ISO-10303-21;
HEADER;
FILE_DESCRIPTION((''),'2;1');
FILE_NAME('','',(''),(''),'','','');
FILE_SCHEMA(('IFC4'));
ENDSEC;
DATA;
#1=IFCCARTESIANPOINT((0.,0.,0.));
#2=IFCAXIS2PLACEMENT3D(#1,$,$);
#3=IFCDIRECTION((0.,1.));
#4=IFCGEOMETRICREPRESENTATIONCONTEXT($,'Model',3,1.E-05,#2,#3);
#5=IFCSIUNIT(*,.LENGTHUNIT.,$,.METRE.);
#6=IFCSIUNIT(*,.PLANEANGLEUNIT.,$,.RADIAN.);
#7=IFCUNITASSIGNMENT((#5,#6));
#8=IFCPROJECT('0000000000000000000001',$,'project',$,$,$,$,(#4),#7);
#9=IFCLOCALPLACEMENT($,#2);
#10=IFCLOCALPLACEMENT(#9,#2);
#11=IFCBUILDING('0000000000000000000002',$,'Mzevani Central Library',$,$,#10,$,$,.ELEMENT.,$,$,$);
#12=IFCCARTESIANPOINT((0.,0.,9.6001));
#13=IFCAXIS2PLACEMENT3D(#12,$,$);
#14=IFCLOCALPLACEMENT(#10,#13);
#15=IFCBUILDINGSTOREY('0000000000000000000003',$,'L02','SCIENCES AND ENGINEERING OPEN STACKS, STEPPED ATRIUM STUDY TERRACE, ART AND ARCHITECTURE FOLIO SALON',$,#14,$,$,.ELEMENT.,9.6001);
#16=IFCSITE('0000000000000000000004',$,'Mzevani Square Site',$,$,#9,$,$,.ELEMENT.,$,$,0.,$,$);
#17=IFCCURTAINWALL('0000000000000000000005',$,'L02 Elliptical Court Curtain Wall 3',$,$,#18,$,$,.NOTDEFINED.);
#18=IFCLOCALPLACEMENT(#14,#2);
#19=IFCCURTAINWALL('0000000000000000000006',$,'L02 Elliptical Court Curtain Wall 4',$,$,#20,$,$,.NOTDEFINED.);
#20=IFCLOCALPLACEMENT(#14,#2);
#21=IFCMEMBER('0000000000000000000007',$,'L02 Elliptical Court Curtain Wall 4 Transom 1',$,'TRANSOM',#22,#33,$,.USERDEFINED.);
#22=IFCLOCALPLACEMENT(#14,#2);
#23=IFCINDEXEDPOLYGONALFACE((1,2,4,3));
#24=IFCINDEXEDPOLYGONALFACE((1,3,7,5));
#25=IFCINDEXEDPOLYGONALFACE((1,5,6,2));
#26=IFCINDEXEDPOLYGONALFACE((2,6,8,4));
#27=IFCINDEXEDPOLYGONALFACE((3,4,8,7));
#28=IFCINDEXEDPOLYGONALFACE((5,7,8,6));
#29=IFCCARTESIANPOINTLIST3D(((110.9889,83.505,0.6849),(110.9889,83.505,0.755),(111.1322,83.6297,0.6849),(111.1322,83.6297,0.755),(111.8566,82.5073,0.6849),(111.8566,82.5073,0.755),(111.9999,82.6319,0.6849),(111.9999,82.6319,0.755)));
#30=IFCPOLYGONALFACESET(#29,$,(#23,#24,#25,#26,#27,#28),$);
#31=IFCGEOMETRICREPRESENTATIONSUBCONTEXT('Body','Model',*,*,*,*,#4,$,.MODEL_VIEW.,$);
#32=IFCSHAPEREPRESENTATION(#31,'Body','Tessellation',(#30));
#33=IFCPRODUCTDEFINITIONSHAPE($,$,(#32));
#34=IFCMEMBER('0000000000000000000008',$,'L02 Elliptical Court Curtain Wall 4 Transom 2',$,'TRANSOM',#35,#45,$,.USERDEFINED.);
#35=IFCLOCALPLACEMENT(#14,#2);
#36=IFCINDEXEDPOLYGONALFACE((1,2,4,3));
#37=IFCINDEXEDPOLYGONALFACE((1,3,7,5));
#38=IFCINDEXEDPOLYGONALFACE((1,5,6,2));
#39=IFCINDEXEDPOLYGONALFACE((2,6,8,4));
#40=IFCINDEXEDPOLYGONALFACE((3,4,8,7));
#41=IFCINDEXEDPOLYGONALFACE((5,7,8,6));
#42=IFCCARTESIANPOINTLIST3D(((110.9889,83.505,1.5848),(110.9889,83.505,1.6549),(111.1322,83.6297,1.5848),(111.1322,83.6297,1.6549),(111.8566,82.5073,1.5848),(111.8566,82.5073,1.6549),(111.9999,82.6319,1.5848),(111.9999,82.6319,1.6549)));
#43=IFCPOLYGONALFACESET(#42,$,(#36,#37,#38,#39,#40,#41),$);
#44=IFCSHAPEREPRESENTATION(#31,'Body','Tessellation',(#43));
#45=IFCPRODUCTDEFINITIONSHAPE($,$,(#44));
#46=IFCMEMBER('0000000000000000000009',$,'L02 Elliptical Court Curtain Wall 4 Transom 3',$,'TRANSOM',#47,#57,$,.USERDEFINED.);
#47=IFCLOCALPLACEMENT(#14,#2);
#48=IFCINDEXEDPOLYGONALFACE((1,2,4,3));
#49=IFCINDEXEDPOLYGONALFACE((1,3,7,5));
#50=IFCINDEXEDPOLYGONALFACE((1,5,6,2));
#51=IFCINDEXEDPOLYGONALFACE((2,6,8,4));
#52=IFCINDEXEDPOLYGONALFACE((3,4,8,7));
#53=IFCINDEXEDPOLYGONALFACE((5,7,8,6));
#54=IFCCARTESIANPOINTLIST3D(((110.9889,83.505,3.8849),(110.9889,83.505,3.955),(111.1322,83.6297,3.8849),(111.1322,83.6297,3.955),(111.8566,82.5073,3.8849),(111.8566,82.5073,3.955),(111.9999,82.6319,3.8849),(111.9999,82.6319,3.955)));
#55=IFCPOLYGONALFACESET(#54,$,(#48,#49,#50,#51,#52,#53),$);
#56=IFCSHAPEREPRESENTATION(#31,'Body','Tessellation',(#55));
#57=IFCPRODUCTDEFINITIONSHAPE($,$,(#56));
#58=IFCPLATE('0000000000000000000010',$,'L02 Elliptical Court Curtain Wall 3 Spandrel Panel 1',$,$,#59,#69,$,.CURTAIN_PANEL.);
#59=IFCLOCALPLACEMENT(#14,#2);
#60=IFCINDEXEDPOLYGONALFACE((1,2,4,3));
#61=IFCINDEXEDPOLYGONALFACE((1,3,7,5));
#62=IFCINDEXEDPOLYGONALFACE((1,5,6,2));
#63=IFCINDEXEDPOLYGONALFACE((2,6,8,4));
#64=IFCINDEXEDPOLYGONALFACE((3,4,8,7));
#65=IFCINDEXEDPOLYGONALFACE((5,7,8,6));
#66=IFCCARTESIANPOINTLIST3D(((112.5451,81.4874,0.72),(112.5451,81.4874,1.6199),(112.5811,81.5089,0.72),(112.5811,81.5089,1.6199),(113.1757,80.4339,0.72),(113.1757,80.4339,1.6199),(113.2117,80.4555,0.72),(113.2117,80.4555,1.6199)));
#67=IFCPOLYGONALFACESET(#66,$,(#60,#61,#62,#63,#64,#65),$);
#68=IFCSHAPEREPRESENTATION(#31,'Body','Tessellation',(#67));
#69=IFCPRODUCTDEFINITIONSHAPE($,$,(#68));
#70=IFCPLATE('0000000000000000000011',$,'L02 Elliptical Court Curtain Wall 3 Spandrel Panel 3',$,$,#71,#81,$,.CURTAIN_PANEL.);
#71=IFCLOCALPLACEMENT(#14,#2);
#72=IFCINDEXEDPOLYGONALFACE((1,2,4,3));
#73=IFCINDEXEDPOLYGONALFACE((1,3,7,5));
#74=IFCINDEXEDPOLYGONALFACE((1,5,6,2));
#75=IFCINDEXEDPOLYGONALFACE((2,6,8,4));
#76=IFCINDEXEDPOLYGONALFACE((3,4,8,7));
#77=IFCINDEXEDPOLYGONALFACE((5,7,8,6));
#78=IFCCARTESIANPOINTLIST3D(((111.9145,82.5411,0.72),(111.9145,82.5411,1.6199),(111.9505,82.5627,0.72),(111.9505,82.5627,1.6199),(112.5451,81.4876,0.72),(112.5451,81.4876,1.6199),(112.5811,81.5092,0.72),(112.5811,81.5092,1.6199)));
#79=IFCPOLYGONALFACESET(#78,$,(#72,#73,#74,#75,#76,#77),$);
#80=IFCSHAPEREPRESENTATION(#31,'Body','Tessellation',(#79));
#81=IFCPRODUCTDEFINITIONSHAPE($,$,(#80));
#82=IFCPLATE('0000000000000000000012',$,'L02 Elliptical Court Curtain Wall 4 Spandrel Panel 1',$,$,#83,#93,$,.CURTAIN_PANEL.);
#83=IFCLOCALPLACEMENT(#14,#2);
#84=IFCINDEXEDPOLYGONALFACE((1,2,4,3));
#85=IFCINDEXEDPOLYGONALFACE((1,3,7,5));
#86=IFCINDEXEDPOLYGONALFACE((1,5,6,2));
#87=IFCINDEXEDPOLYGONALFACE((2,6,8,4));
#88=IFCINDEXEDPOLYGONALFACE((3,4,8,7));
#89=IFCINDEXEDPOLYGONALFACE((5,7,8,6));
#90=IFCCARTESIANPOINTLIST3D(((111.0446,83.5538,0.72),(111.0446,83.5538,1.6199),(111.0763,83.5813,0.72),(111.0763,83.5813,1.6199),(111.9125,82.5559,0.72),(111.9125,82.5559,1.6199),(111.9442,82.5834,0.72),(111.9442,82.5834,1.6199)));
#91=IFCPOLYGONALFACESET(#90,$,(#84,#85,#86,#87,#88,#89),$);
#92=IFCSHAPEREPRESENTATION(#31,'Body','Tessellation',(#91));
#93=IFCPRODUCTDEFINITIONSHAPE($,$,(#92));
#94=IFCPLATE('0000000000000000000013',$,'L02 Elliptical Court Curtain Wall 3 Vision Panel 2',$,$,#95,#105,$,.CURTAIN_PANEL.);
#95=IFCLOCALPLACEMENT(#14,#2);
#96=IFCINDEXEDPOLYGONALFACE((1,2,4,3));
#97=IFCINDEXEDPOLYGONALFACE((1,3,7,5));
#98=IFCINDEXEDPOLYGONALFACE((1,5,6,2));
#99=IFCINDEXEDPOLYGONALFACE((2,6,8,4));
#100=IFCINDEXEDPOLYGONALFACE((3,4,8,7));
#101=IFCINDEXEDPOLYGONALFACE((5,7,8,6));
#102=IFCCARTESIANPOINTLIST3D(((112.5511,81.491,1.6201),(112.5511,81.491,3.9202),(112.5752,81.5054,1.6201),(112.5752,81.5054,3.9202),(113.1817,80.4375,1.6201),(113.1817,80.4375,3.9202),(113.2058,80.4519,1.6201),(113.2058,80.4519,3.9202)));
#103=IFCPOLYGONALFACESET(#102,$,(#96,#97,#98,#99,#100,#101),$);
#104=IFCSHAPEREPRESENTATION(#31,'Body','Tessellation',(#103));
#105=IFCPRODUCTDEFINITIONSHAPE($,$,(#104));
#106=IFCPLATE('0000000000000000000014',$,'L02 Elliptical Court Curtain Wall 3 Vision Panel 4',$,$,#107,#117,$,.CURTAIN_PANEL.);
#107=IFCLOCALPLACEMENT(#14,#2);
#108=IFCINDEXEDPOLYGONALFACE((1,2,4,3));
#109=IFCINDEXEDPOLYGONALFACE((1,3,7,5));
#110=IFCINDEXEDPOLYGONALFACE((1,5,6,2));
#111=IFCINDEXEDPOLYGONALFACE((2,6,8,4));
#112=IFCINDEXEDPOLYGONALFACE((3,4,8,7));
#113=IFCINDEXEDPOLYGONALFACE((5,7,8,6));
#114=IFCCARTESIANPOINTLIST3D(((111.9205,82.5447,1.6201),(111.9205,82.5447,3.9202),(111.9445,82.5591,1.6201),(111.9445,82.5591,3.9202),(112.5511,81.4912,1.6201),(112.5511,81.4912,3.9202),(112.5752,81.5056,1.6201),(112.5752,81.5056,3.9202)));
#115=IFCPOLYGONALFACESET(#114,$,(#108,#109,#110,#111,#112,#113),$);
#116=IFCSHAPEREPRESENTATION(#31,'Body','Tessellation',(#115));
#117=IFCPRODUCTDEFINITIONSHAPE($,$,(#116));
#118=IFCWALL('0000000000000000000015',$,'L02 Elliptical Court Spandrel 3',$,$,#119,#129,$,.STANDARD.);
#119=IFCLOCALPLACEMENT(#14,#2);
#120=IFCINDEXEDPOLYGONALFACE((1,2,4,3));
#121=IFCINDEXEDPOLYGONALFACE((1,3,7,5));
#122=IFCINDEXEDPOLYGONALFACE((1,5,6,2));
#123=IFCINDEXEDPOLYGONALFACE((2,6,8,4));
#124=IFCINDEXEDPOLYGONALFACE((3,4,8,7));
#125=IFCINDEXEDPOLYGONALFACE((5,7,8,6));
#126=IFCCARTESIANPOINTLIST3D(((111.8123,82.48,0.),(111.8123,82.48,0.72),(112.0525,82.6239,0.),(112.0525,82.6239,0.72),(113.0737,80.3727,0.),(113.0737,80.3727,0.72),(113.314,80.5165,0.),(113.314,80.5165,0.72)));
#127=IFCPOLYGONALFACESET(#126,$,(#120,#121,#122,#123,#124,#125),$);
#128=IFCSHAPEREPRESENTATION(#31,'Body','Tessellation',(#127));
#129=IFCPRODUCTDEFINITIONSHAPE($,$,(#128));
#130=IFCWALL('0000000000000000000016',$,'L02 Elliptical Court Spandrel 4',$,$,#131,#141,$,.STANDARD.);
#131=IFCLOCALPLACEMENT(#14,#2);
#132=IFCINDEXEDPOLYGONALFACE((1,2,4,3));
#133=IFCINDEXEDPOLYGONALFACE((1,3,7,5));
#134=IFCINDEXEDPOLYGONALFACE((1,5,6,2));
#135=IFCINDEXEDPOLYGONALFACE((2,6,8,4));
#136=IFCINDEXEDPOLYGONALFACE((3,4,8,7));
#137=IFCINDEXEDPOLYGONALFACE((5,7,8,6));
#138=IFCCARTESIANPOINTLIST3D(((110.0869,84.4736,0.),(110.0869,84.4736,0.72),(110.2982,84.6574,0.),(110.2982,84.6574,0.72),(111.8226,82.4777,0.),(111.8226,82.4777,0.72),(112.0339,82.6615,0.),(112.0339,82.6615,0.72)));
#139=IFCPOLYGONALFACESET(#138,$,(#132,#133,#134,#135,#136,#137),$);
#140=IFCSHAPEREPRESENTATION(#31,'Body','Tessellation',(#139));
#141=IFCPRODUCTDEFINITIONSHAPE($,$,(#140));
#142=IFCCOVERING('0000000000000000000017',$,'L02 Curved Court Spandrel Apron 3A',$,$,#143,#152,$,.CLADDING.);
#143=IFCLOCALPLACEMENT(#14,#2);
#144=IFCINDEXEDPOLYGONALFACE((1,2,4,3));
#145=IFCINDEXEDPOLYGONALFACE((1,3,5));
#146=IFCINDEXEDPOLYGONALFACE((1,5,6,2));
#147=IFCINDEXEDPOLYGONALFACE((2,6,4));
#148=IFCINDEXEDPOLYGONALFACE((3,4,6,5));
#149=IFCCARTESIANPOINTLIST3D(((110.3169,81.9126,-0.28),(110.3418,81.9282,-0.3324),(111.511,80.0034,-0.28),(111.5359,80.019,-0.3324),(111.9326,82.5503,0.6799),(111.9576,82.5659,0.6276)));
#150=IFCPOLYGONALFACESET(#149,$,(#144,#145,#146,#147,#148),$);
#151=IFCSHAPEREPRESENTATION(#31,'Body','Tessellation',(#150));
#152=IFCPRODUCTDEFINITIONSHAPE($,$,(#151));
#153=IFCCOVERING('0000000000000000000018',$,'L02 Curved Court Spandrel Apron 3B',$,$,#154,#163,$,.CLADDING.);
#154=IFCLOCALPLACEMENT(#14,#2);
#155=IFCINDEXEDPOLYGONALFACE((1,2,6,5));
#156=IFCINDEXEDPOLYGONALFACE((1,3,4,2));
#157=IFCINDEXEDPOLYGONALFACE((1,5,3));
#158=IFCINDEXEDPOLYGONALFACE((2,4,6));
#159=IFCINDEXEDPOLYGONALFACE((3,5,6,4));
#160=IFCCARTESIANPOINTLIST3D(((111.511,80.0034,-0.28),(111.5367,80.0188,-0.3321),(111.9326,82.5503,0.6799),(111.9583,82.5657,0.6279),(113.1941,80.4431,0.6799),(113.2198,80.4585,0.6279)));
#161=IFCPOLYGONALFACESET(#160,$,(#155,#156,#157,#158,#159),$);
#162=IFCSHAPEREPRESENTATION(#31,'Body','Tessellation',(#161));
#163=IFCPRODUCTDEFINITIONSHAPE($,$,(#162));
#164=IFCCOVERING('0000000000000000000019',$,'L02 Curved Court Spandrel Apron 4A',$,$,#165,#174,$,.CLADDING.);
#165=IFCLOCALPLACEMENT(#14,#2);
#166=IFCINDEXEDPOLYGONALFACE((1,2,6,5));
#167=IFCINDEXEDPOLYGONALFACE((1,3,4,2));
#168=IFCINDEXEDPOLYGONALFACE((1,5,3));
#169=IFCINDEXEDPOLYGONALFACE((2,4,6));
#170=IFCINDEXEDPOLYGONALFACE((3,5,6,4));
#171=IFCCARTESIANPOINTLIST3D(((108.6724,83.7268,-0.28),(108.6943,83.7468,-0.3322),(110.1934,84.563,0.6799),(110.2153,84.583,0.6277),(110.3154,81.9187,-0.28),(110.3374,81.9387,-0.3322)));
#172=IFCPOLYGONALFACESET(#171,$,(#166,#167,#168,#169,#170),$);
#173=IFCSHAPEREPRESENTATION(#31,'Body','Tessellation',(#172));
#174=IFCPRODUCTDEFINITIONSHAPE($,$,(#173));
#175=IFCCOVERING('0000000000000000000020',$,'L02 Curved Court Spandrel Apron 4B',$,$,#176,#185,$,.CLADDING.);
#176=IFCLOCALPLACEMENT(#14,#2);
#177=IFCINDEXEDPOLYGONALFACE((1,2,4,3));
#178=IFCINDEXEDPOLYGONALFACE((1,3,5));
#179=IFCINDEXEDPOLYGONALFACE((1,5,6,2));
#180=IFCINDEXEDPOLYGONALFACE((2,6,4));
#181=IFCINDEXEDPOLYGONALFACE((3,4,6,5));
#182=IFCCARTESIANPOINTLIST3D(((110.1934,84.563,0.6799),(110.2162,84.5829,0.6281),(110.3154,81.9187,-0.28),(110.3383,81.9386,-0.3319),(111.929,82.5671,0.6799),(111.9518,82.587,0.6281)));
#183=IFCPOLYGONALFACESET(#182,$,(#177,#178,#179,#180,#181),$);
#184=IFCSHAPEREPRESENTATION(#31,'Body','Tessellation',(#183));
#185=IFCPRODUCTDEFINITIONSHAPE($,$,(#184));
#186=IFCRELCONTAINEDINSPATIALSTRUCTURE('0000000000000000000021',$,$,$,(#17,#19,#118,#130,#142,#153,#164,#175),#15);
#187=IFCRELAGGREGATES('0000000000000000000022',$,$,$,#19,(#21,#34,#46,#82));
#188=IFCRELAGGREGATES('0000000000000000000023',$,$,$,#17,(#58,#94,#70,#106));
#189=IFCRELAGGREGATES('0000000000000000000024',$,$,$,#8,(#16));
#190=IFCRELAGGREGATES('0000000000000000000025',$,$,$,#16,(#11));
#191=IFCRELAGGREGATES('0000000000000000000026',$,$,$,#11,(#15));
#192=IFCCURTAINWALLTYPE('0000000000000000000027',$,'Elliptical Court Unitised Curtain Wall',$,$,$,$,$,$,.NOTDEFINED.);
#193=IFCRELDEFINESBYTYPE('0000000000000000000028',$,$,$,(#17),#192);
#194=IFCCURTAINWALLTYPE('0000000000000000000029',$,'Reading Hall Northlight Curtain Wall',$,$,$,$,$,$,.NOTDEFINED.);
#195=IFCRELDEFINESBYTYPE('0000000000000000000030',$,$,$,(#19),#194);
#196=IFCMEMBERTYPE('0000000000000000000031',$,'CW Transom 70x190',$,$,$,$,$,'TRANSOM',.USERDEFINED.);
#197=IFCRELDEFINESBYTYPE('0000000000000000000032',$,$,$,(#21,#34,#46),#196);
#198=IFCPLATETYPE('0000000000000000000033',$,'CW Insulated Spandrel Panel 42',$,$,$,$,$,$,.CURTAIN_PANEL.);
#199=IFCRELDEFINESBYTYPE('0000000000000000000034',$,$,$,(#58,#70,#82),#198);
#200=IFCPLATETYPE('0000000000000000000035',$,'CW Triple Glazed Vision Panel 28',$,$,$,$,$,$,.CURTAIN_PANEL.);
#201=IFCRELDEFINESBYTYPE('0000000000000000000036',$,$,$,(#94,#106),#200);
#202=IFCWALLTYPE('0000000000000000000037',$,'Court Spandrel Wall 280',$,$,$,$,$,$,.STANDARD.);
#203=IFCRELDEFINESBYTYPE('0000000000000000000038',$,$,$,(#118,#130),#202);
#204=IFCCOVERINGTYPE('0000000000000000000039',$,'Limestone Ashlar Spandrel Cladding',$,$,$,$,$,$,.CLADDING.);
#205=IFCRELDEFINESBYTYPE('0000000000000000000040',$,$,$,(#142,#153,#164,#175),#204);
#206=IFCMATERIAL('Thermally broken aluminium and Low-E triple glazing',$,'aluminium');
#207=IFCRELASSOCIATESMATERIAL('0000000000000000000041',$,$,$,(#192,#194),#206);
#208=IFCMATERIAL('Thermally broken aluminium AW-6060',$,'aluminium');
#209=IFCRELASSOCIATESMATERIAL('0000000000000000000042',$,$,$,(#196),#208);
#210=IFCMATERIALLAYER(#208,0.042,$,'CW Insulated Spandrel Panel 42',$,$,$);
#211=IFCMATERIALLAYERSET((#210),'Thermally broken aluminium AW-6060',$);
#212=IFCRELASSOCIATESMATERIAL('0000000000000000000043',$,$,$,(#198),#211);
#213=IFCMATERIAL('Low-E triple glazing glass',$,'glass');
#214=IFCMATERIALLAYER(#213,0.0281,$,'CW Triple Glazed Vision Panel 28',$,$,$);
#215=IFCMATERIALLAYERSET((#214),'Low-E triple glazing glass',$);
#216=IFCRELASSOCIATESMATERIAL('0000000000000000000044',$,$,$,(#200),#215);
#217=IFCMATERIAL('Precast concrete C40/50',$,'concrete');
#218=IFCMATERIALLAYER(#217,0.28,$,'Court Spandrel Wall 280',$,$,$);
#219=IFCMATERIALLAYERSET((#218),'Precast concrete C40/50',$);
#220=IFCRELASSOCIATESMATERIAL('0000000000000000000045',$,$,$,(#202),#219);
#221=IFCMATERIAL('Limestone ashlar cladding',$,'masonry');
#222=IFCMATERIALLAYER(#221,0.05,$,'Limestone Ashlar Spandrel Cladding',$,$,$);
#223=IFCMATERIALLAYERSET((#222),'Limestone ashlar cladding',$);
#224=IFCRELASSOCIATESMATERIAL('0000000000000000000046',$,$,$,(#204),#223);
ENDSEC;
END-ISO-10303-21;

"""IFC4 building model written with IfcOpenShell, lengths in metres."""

from ifc_helpers import new_model, si_unit, direction, frame, frame_2d, origin, origin_2d, place, context, subcontext, project, spatial, polyline, rectangle, outline, extrude, material, layer, layer_set, material_profile, profile_set, type_object, element, aggregate, save


model = new_model("IFC4")

# Units and contexts
model_context = context("Model", 3, precision=1e-05, world=origin(), true_north=direction((0.0, 1.0)))
body_context = subcontext(model_context, "Body", "Model", "MODEL_VIEW")
ifc_project = project(units=[si_unit("LENGTHUNIT", "METRE"), si_unit("PLANEANGLEUNIT", "RADIAN")], contexts=[model_context])

# Site, building, storey
site_placement = place(None, origin())
site = spatial("IfcSite", under=ifc_project, at=site_placement, Name="Mzevani Square Site", CompositionType="ELEMENT", RefElevation=0.0)
building_placement = place(site_placement, origin())
building = spatial("IfcBuilding", under=site, at=building_placement, Name="Mzevani Central Library", CompositionType="ELEMENT")
storey_placement = place(building_placement, frame((0.0, 0.0, 9.6001)))
storey = spatial("IfcBuildingStorey", under=building, at=storey_placement, Name="L02", Description="SCIENCES AND ENGINEERING OPEN STACKS, STEPPED ATRIUM STUDY TERRACE, ART AND ARCHITECTURE FOLIO SALON", CompositionType="ELEMENT", Elevation=9.6001)

# Shared definitions
ifc_material_1 = material(Name="Thermally broken aluminium and Low-E triple glazing", Category="aluminium")
curtain_wall_type_1 = type_object("IfcCurtainWallType", Name="Elliptical Court Unitised Curtain Wall", PredefinedType="NOTDEFINED", material=ifc_material_1)
ifc_material_2 = material(Name="Thermally broken aluminium AW-6060", Category="aluminium")

# Curtain wall
curtain_wall_1_placement = place(storey_placement, origin())
curtain_wall_1 = element("IfcCurtainWall", 1, at=curtain_wall_1_placement, inside=storey, type_object=curtain_wall_type_1, Name="L02 Elliptical Court Curtain Wall 3", PredefinedType="NOTDEFINED")

# Curtain wall
curtain_wall_type_2 = type_object("IfcCurtainWallType", Name="Reading Hall Northlight Curtain Wall", PredefinedType="NOTDEFINED", material=ifc_material_1)
curtain_wall_2_placement = place(storey_placement, origin())
curtain_wall_2 = element("IfcCurtainWall", 2, at=curtain_wall_2_placement, inside=storey, type_object=curtain_wall_type_2, Name="L02 Elliptical Court Curtain Wall 4", PredefinedType="NOTDEFINED")

# Members
ifc_material_profile_1 = material_profile(ifc_material_2, rectangle(XDim=0.1899, YDim=0.0701, at=origin_2d()), Name="ALU T70x190")
ifc_profile_set_1 = profile_set([ifc_material_profile_1], Name="Thermally broken aluminium AW-6060")
member_type_1 = type_object("IfcMemberType", Name="CW Transom 70x190", ElementType="TRANSOM", PredefinedType="USERDEFINED", material=ifc_profile_set_1)
member_1_placement = place(storey_placement, frame((111.9282, 82.5696, 0.72), z_axis=(-0.656188, 0.754598, 0.0), x_axis=(-0.754598, -0.656188, 0.0)))
member_1 = element("IfcMember", 3, at=member_1_placement, type_object=member_type_1, Name="L02 Elliptical Court Curtain Wall 4 Transom 1", ObjectType="TRANSOM", PredefinedType="USERDEFINED", context=body_context, shape_type="SweptSolid", body=[
    extrude(rectangle(XDim=0.1899, YDim=0.0701, at=origin_2d()), origin(), (0.0, 0.0, 1.0), 1.3223),
])
member_2_placement = place(storey_placement, frame((111.9282, 82.5696, 1.6199), z_axis=(-0.656188, 0.754598, 0.0), x_axis=(-0.754598, -0.656188, 0.0)))
member_2 = element("IfcMember", 4, at=member_2_placement, type_object=member_type_1, Name="L02 Elliptical Court Curtain Wall 4 Transom 2", ObjectType="TRANSOM", PredefinedType="USERDEFINED", context=body_context, shape_type="SweptSolid", body=[
    extrude(rectangle(XDim=0.1899, YDim=0.0701, at=origin_2d()), origin(), (0.0, 0.0, 1.0), 1.3223),
])
member_3_placement = place(storey_placement, frame((111.9282, 82.5696, 3.9199), z_axis=(-0.656188, 0.754598, 0.0), x_axis=(-0.754598, -0.656188, 0.0)))
member_3 = element("IfcMember", 5, at=member_3_placement, type_object=member_type_1, Name="L02 Elliptical Court Curtain Wall 4 Transom 3", ObjectType="TRANSOM", PredefinedType="USERDEFINED", context=body_context, shape_type="SweptSolid", body=[
    extrude(rectangle(XDim=0.1899, YDim=0.0701, at=origin_2d()), origin(), (0.0, 0.0, 1.0), 1.3223),
])

# Plates
ifc_layer_1 = layer(ifc_material_2, 0.042, Name="CW Insulated Spandrel Panel 42")
ifc_layer_set_1 = layer_set([ifc_layer_1], Name="Thermally broken aluminium AW-6060")
plate_type_1 = type_object("IfcPlateType", Name="CW Insulated Spandrel Panel 42", PredefinedType="CURTAIN_PANEL", material=ifc_layer_set_1)
plate_1_placement = place(storey_placement, frame((112.8784, 80.9714, 0.72), z_axis=(0.0, 0.0, 1.0), x_axis=(-0.513621, 0.858017, 0.0)))
plate_1 = element("IfcPlate", 6, at=plate_1_placement, type_object=plate_type_1, Name="L02 Elliptical Court Curtain Wall 3 Spandrel Panel 1", PredefinedType="CURTAIN_PANEL", context=body_context, shape_type="SweptSolid", body=[
    extrude(rectangle(XDim=1.2278, YDim=0.042, at=origin_2d()), origin(), (0.0, 0.0, 1.0), 0.8999),
])
plate_2_placement = place(storey_placement, frame((112.2478, 82.0251, 0.72), z_axis=(0.0, 0.0, 1.0), x_axis=(-0.513621, 0.858017, 0.0)))
plate_2 = element("IfcPlate", 7, at=plate_2_placement, type_object=plate_type_1, Name="L02 Elliptical Court Curtain Wall 3 Spandrel Panel 3", PredefinedType="CURTAIN_PANEL", context=body_context, shape_type="SweptSolid", body=[
    extrude(rectangle(XDim=1.2278, YDim=0.042, at=origin_2d()), origin(), (0.0, 0.0, 1.0), 0.8999),
])
plate_3_placement = place(storey_placement, frame((111.4944, 83.0686, 0.72), z_axis=(0.0, 0.0, 1.0), x_axis=(-0.656226, 0.754564, 0.0)))
plate_3 = element("IfcPlate", 8, at=plate_3_placement, type_object=plate_type_1, Name="L02 Elliptical Court Curtain Wall 4 Spandrel Panel 1", PredefinedType="CURTAIN_PANEL", context=body_context, shape_type="SweptSolid", body=[
    extrude(rectangle(XDim=1.3225, YDim=0.042, at=origin_2d()), origin(), (0.0, 0.0, 1.0), 0.8999),
])
aggregate(curtain_wall_2, [member_1, member_2, member_3, plate_3])
ifc_material_3 = material(Name="Low-E triple glazing glass", Category="glass")
ifc_layer_2 = layer(ifc_material_3, 0.0281, Name="CW Triple Glazed Vision Panel 28")
ifc_layer_set_2 = layer_set([ifc_layer_2], Name="Low-E triple glazing glass")
plate_type_2 = type_object("IfcPlateType", Name="CW Triple Glazed Vision Panel 28", PredefinedType="CURTAIN_PANEL", material=ifc_layer_set_2)
plate_4_placement = place(storey_placement, frame((112.8784, 80.9714, 1.6201), z_axis=(0.0, 0.0, 1.0), x_axis=(-0.513621, 0.858017, 0.0)))
plate_4 = element("IfcPlate", 9, at=plate_4_placement, type_object=plate_type_2, Name="L02 Elliptical Court Curtain Wall 3 Vision Panel 2", PredefinedType="CURTAIN_PANEL", context=body_context, shape_type="SweptSolid", body=[
    extrude(rectangle(XDim=1.2278, YDim=0.0281, at=origin_2d()), origin(), (0.0, 0.0, 1.0), 2.3),
])
plate_5_placement = place(storey_placement, frame((112.2478, 82.0251, 1.6201), z_axis=(0.0, 0.0, 1.0), x_axis=(-0.513621, 0.858017, 0.0)))
plate_5 = element("IfcPlate", 10, at=plate_5_placement, type_object=plate_type_2, Name="L02 Elliptical Court Curtain Wall 3 Vision Panel 4", PredefinedType="CURTAIN_PANEL", context=body_context, shape_type="SweptSolid", body=[
    extrude(rectangle(XDim=1.2278, YDim=0.0281, at=origin_2d()), origin(), (0.0, 0.0, 1.0), 2.3),
])
aggregate(curtain_wall_1, [plate_1, plate_4, plate_2, plate_5])

# Walls
ifc_material_4 = material(Name="Precast concrete C40/50", Category="concrete")
ifc_layer_3 = layer(ifc_material_4, 0.28, Name="Court Spandrel Wall 280")
ifc_layer_set_3 = layer_set([ifc_layer_3], Name="Precast concrete C40/50")
wall_type = type_object("IfcWallType", Name="Court Spandrel Wall 280", PredefinedType="STANDARD", material=ifc_layer_set_3)
wall_1_placement = place(storey_placement, frame((113.1938, 80.4446, 0.0), z_axis=(0.0, 0.0, 1.0), x_axis=(-0.513604, 0.858027, 0.0)))
element("IfcWall", 11, at=wall_1_placement, inside=storey, type_object=wall_type, Name="L02 Elliptical Court Spandrel 3", PredefinedType="STANDARD", context=body_context, shape_type="SweptSolid", body=[
    extrude(rectangle(XDim=2.4561, YDim=0.28, at=frame_2d((1.228, 0.0))), origin(), (0.0, 0.0, 1.0), 0.72),
])
wall_2_placement = place(storey_placement, frame((111.9282, 82.5696, 0.0), z_axis=(0.0, 0.0, 1.0), x_axis=(-0.656195, 0.754592, 0.0)))
element("IfcWall", 12, at=wall_2_placement, inside=storey, type_object=wall_type, Name="L02 Elliptical Court Spandrel 4", PredefinedType="STANDARD", context=body_context, shape_type="SweptSolid", body=[
    extrude(rectangle(XDim=2.645, YDim=0.28, at=frame_2d((1.3225, 0.0))), origin(), (0.0, 0.0, 1.0), 0.72),
])

# Coverings
ifc_material_5 = material(Name="Limestone ashlar cladding", Category="masonry")
ifc_layer_4 = layer(ifc_material_5, 0.05, Name="Limestone Ashlar Spandrel Cladding")
ifc_layer_set_4 = layer_set([ifc_layer_4], Name="Limestone ashlar cladding")
covering_type = type_object("IfcCoveringType", Name="Limestone Ashlar Spandrel Cladding", PredefinedType="CLADDING", material=ifc_layer_set_4)
covering_1_placement = place(storey_placement, frame((111.511, 80.0034, -0.28), z_axis=(-0.415397, -0.259809, 0.871748), x_axis=(-0.530272, 0.847828, 0.0)))
element("IfcCovering", 13, at=covering_1_placement, inside=storey, type_object=covering_type, Name="L02 Curved Court Spandrel Apron 3A", PredefinedType="CLADDING", context=body_context, shape_type="SweptSolid", body=[
    extrude(outline(polyline([(0.0, 0.0), (2.2518, 0.0), (1.9357, -1.9593), (0.0, 0.0)])), origin(), (0.0, 0.0, -1.0), 0.0601),
])
covering_2_placement = place(storey_placement, frame((111.511, 80.0034, -0.28), z_axis=(-0.427601, -0.255986, 0.866965), x_axis=(0.153084, 0.924709, 0.348539)))
element("IfcCovering", 14, at=covering_2_placement, inside=storey, type_object=covering_type, Name="L02 Curved Court Spandrel Apron 3B", PredefinedType="CLADDING", context=body_context, shape_type="SweptSolid", body=[
    extrude(outline(polyline([(0.0, 0.0), (2.7542, 0.0), (0.9988, -1.7176), (0.0, 0.0)])), origin(), (0.0, 0.0, -1.0), 0.0601),
])
covering_3_placement = place(storey_placement, frame((110.3154, 81.9187, -0.28), z_axis=(-0.365854, -0.33246, 0.869265), x_axis=(-0.672524, 0.740076, 0.0)))
element("IfcCovering", 15, at=covering_3_placement, inside=storey, type_object=covering_type, Name="L02 Curved Court Spandrel Apron 4A", PredefinedType="CLADDING", context=body_context, shape_type="SweptSolid", body=[
    extrude(outline(polyline([(0.0, 0.0), (2.4431, 0.0), (2.0391, -1.9419), (0.0, 0.0)])), origin(), (0.0, 0.0, -1.0), 0.0601),
])
covering_4_placement = place(storey_placement, frame((110.3154, 81.9187, -0.28), z_axis=(-0.380664, -0.331027, 0.863433), x_axis=(-0.043352, 0.939092, 0.34092)))
element("IfcCovering", 16, at=covering_4_placement, inside=storey, type_object=covering_type, Name="L02 Curved Court Spandrel Apron 4B", PredefinedType="CLADDING", context=body_context, shape_type="SweptSolid", body=[
    extrude(outline(polyline([(0.0, 0.0), (2.8158, 0.0), (0.8663, -1.7875), (0.0, 0.0)])), origin(), (0.0, 0.0, -1.0), 0.0601),
])

save(model, "model.ifc")
